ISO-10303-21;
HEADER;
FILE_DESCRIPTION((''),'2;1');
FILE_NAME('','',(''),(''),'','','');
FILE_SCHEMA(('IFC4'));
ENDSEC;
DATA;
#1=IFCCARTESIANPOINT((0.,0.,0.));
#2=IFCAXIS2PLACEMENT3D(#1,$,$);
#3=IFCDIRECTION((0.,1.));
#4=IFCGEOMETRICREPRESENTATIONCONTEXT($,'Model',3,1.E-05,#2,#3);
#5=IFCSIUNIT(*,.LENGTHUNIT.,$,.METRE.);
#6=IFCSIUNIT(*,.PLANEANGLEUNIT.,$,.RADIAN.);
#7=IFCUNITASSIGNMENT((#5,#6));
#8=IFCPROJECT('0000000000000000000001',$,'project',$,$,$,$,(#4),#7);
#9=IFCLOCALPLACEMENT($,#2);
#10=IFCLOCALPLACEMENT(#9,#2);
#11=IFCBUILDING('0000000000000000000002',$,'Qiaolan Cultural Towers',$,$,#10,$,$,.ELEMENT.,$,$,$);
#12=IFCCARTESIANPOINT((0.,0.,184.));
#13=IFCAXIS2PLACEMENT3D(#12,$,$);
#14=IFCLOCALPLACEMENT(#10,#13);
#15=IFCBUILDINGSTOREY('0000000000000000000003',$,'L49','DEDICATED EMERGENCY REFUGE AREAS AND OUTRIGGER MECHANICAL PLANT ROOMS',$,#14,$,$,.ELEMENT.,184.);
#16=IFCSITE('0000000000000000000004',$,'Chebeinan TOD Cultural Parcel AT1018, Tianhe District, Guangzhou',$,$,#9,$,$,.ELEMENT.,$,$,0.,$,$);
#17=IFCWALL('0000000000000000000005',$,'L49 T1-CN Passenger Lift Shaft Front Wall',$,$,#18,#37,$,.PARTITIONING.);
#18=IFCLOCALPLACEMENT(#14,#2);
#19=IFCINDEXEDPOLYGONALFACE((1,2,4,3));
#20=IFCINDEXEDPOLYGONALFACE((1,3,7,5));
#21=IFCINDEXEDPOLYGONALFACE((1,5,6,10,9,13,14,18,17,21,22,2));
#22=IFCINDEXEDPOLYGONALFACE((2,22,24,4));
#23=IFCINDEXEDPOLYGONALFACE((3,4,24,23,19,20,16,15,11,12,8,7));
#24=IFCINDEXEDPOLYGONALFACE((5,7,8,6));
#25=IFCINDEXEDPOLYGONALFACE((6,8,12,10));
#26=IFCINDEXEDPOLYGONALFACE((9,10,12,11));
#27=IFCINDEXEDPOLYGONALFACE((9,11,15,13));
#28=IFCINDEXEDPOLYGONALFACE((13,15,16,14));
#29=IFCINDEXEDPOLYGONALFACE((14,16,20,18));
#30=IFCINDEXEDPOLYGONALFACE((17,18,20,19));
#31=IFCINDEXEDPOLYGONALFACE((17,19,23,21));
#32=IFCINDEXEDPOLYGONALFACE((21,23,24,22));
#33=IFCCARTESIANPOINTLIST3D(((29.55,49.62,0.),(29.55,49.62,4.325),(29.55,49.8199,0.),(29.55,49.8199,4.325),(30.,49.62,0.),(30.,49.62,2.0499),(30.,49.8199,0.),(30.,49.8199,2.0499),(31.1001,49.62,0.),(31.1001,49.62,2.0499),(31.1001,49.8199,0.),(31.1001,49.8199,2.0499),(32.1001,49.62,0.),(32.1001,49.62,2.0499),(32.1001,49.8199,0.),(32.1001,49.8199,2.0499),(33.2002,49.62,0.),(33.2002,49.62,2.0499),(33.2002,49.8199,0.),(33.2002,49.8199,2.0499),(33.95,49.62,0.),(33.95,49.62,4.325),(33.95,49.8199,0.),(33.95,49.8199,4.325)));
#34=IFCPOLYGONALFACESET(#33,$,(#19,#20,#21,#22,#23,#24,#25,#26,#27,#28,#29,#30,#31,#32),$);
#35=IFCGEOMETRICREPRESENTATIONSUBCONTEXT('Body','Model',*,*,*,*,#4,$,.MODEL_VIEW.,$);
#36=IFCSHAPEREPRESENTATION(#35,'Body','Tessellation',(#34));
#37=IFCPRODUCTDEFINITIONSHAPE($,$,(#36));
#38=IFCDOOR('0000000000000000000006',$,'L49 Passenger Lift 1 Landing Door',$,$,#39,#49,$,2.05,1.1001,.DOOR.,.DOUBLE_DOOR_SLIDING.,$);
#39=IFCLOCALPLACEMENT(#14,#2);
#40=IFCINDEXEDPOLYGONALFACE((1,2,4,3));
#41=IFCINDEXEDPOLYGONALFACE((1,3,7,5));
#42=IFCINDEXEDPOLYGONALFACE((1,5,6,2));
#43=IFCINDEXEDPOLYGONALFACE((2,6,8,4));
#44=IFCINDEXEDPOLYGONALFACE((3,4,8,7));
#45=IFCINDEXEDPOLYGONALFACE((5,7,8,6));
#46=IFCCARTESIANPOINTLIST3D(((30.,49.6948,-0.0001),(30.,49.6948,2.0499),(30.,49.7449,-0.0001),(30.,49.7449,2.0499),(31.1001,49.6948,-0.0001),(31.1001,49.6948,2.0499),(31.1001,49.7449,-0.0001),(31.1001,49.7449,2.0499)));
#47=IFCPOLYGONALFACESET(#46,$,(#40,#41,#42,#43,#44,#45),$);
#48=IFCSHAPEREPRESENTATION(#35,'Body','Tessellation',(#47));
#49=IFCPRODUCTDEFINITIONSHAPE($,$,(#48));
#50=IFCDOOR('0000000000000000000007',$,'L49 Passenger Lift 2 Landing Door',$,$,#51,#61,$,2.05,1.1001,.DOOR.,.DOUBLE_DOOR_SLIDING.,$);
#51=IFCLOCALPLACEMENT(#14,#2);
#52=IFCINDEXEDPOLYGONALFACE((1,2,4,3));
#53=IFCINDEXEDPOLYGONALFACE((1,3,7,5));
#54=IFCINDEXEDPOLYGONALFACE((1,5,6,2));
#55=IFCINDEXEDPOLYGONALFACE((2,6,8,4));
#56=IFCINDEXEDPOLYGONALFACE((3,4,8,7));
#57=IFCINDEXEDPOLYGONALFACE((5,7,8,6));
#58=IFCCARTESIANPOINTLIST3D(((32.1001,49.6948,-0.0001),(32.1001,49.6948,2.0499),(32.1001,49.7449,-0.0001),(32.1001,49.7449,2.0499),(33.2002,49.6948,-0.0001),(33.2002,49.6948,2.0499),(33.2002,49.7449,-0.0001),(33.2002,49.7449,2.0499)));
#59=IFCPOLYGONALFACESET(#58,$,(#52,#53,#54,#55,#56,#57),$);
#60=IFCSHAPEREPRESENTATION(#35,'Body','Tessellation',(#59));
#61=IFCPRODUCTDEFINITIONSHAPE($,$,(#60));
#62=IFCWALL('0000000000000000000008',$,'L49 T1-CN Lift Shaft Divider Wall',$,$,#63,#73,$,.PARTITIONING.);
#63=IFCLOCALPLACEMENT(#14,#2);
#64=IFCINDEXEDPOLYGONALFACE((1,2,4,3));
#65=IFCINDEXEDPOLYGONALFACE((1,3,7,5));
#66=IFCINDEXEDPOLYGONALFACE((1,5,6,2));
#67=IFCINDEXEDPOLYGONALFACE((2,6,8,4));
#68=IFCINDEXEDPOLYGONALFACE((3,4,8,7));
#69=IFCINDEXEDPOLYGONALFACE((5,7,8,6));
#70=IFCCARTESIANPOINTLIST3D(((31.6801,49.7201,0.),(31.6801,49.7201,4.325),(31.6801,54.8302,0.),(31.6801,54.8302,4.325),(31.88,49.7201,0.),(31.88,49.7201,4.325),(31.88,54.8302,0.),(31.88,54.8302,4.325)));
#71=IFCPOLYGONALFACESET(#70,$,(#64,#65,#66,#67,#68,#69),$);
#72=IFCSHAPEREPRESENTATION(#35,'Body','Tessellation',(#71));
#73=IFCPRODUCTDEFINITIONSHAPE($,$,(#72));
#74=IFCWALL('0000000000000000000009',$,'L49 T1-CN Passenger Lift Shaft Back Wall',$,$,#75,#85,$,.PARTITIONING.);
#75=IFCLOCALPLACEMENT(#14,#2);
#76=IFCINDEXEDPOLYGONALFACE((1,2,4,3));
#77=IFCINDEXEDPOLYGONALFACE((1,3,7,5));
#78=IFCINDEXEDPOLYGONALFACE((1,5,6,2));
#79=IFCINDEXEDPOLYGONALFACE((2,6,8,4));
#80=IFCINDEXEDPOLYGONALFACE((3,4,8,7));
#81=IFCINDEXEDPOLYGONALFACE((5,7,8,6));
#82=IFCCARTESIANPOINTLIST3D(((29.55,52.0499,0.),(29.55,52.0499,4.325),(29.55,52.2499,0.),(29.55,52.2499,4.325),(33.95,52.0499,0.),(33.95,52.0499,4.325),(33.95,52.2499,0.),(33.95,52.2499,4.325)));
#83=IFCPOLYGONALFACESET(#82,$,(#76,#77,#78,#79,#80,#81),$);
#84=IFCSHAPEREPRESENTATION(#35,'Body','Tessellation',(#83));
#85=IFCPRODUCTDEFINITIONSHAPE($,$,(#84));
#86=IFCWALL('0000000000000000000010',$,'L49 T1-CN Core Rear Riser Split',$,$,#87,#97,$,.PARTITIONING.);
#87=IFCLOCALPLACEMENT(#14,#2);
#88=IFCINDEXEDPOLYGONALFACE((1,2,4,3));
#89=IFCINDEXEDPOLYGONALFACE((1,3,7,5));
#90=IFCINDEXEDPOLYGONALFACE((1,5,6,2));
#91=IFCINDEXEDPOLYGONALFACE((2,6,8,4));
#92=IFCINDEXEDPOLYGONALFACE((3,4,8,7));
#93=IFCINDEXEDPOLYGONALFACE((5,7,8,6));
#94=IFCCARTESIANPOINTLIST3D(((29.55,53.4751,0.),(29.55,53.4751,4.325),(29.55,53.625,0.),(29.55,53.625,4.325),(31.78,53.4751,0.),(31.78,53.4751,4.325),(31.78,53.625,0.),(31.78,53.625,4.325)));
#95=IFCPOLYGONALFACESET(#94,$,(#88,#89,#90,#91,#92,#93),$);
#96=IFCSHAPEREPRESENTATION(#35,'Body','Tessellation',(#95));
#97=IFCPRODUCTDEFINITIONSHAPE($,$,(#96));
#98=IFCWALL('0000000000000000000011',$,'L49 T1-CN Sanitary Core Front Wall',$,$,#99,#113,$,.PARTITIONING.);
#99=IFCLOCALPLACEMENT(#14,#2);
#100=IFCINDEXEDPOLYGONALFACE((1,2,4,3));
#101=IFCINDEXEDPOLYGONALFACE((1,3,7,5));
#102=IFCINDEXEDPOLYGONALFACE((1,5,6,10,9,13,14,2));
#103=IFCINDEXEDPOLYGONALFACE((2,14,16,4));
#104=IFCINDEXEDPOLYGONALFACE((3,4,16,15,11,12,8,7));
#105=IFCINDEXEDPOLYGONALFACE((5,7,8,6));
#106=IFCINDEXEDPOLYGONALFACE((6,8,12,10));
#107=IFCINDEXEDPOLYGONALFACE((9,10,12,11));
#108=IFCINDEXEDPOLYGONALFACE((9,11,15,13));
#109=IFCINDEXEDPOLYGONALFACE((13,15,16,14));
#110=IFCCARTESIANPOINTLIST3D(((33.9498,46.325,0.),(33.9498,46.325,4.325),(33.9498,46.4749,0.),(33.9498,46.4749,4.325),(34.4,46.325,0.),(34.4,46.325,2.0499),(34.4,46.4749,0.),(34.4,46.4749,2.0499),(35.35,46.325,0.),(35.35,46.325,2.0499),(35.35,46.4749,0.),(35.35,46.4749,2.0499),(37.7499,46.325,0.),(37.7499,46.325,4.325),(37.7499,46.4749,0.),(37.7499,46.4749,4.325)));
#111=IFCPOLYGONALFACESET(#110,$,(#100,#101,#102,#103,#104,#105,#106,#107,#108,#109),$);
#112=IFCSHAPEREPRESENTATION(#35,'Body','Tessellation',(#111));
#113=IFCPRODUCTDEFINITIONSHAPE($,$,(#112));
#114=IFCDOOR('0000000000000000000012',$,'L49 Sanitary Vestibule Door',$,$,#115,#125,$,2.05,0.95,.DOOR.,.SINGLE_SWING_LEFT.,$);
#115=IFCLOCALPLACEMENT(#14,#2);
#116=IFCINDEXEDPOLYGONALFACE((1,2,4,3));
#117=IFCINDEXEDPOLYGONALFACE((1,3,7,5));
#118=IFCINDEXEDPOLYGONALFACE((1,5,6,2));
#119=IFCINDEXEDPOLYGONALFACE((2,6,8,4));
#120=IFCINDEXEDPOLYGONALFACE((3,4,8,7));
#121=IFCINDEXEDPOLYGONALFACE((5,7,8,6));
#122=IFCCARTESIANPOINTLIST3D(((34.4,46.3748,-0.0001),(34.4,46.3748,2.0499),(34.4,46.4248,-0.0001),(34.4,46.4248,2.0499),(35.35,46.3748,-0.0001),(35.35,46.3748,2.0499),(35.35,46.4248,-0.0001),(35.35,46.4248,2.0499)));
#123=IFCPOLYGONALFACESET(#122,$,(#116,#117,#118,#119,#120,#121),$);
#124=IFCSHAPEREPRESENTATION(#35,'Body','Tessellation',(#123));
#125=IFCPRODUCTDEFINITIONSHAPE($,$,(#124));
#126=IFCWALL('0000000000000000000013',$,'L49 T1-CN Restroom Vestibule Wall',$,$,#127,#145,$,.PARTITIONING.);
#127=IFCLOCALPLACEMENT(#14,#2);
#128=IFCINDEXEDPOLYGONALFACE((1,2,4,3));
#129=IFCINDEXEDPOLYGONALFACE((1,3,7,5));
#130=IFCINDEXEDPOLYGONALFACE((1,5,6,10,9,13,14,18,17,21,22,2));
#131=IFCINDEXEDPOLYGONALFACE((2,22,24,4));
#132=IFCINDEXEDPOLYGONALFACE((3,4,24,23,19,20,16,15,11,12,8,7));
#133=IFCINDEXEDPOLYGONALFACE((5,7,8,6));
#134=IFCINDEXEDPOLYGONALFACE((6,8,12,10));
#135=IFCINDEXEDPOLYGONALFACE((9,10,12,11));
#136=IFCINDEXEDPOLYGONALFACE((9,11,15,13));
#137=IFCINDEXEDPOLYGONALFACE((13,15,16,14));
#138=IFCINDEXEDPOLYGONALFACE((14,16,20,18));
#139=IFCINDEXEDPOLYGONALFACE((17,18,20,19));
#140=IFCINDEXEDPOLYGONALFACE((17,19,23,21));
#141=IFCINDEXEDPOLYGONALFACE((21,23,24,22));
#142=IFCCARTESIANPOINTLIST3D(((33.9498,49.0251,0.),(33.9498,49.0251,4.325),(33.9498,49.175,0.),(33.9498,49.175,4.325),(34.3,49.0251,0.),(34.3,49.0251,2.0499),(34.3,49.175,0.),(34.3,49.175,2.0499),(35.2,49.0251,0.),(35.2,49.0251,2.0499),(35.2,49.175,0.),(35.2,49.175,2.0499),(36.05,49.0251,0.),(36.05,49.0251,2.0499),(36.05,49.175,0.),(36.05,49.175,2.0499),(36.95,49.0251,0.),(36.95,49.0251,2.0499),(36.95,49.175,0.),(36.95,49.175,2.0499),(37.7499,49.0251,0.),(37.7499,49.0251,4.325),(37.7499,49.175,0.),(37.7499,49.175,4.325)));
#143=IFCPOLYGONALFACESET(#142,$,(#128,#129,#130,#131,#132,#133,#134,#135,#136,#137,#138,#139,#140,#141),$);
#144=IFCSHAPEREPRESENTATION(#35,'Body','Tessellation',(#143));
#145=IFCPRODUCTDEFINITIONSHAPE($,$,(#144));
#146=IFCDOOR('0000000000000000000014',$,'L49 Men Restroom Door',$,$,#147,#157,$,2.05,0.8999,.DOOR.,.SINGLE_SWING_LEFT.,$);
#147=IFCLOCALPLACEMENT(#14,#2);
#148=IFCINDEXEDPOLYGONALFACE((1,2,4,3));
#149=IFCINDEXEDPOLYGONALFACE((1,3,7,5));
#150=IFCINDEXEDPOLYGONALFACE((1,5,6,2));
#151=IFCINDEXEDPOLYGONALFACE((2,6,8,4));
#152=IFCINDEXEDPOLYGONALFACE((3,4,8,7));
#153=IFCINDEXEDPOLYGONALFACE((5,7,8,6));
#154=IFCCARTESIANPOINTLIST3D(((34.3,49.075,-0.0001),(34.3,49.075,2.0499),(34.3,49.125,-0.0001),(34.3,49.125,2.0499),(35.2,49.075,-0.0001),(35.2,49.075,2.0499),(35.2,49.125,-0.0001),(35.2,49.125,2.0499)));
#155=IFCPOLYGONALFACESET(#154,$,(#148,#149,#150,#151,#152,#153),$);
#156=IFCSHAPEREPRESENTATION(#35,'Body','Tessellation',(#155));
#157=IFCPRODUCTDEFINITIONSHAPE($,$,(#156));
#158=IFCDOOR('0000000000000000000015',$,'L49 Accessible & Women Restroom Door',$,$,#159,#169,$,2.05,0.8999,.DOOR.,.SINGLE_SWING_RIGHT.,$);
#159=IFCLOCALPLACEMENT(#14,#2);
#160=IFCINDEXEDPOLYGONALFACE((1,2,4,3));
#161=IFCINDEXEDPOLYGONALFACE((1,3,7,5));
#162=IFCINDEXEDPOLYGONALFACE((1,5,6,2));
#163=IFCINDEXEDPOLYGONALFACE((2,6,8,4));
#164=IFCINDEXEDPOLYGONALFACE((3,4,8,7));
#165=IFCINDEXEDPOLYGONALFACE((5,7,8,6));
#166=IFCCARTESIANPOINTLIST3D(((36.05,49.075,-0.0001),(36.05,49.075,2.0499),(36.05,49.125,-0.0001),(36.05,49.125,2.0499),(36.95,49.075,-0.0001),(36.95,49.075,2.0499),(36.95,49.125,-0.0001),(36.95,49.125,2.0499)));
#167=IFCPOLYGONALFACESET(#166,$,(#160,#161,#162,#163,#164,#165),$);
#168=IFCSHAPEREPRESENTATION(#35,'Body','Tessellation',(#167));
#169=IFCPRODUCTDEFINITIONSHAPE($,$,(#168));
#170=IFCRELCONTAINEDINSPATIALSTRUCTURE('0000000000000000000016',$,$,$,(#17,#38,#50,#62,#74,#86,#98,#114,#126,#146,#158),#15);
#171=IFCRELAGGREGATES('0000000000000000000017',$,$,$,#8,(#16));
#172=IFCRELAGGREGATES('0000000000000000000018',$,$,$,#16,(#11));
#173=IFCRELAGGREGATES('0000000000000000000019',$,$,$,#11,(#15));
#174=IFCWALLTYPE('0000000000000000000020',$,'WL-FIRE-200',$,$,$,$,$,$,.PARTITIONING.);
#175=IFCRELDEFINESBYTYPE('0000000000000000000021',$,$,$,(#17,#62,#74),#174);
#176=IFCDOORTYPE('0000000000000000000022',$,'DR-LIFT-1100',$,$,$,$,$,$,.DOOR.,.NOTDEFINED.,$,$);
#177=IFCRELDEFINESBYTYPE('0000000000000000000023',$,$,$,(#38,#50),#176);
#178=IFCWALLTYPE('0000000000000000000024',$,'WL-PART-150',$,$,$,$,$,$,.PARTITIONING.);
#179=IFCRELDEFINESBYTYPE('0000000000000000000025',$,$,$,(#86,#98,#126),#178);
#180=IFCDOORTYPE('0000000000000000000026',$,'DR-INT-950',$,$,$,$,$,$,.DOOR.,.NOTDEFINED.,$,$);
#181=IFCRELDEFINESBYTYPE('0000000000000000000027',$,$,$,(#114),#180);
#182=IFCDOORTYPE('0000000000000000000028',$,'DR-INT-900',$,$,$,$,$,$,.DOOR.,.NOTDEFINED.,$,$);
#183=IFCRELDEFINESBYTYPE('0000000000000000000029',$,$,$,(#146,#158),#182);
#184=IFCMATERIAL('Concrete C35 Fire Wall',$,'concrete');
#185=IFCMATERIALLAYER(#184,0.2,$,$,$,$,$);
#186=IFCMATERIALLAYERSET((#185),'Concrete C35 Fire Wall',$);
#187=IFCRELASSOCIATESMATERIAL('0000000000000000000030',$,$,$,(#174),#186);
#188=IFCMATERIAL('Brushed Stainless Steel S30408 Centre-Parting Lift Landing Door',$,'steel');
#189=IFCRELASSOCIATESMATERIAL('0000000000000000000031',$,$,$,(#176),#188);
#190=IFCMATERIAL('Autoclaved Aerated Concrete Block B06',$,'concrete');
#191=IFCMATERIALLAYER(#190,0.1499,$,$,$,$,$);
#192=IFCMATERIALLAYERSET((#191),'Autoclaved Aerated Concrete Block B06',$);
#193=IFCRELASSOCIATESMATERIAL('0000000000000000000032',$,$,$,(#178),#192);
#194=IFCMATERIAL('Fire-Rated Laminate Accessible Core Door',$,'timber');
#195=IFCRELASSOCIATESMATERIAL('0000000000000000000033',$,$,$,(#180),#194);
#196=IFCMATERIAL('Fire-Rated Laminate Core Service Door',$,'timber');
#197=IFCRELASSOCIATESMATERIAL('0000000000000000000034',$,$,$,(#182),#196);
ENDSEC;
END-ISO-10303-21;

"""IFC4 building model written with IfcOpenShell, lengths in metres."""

from ifc_helpers import new_model, si_unit, direction, frame, frame_2d, origin, place, context, subcontext, project, spatial, rectangle, extrude, material, layer, layer_set, type_object, element, fill, save


model = new_model("IFC4")

# Units and contexts
model_context = context("Model", 3, precision=1e-05, world=origin(), true_north=direction((0.0, 1.0)))
body_context = subcontext(model_context, "Body", "Model", "MODEL_VIEW")
ifc_project = project(units=[si_unit("LENGTHUNIT", "METRE"), si_unit("PLANEANGLEUNIT", "RADIAN")], contexts=[model_context])

# Site, building, storey
site_placement = place(None, origin())
site = spatial("IfcSite", under=ifc_project, at=site_placement, Name="Chebeinan TOD Cultural Parcel AT1018, Tianhe District, Guangzhou", CompositionType="ELEMENT", RefElevation=0.0)
building_placement = place(site_placement, origin())
building = spatial("IfcBuilding", under=site, at=building_placement, Name="Qiaolan Cultural Towers", CompositionType="ELEMENT")
storey_placement = place(building_placement, frame((0.0, 0.0, 184.0)))
storey = spatial("IfcBuildingStorey", under=building, at=storey_placement, Name="L49", Description="DEDICATED EMERGENCY REFUGE AREAS AND OUTRIGGER MECHANICAL PLANT ROOMS", CompositionType="ELEMENT", Elevation=184.0)

# Shared definitions
ifc_material_1 = material(Name="Concrete C35 Fire Wall", Category="concrete")
ifc_layer_1 = layer(ifc_material_1, 0.2)
ifc_layer_set_1 = layer_set([ifc_layer_1], Name="Concrete C35 Fire Wall")
wall_type_1 = type_object("IfcWallType", Name="WL-FIRE-200", PredefinedType="PARTITIONING", material=ifc_layer_set_1)
ifc_material_2 = material(Name="Brushed Stainless Steel S30408 Centre-Parting Lift Landing Door", Category="steel")
door_type_1 = type_object("IfcDoorType", Name="DR-LIFT-1100", OperationType="NOTDEFINED", PredefinedType="DOOR", material=ifc_material_2)

# Wall, openings, doors
wall_1_placement = place(storey_placement, frame((29.55, 49.72, 0.0), z_axis=(0.0, 0.0, 1.0), x_axis=(1.0, 0.0, 0.0)))
wall_1 = element("IfcWall", 1, at=wall_1_placement, inside=storey, type_object=wall_type_1, Name="L49 T1-CN Passenger Lift Shaft Front Wall", PredefinedType="PARTITIONING", context=body_context, shape_type="SweptSolid", body=[
    extrude(rectangle(XDim=4.3999, YDim=0.2, at=frame_2d((2.2, 0.0))), origin(), (0.0, 0.0, 1.0), 4.325),
])
opening_1_placement = place(wall_1_placement, frame((0.45, 0.0, 0.0)))
opening_1 = element("IfcOpeningElement", 2, at=opening_1_placement, cuts=wall_1, PredefinedType="OPENING", context=body_context, shape_type="SweptSolid", body=[
    extrude(rectangle(XDim=1.1001, YDim=2.05, at=frame_2d((0.55, 1.0249))), frame((0.0, 0.1099, 0.0), z_axis=(0.0, -1.0, 0.0), x_axis=(1.0, 0.0, 0.0)), (0.0, 0.0, 1.0), 0.22),
])
opening_2_placement = place(wall_1_placement, frame((2.55, 0.0, 0.0)))
opening_2 = element("IfcOpeningElement", 3, at=opening_2_placement, cuts=wall_1, PredefinedType="OPENING", context=body_context, shape_type="SweptSolid", body=[
    extrude(rectangle(XDim=1.1001, YDim=2.05, at=frame_2d((0.55, 1.0249))), frame((0.0, 0.1099, 0.0), z_axis=(0.0, -1.0, 0.0), x_axis=(1.0, 0.0, 0.0)), (0.0, 0.0, 1.0), 0.22),
])
door_1_placement = place(opening_1_placement, origin())
door_1 = element("IfcDoor", 4, at=door_1_placement, inside=storey, type_object=door_type_1, Name="L49 Passenger Lift 1 Landing Door", OperationType="DOUBLE_DOOR_SLIDING", OverallHeight=2.05, OverallWidth=1.1001, PredefinedType="DOOR", context=body_context, shape_type="SweptSolid", body=[
    extrude(rectangle(XDim=1.1001, YDim=2.05, at=frame_2d((0.55, 1.0249))), frame((0.0, 0.0249, 0.0), z_axis=(0.0, -1.0, 0.0), x_axis=(1.0, 0.0, 0.0)), (0.0, 0.0, 1.0), 0.05),
])
fill(opening_1, door_1)
door_2_placement = place(opening_2_placement, origin())
door_2 = element("IfcDoor", 5, at=door_2_placement, inside=storey, type_object=door_type_1, Name="L49 Passenger Lift 2 Landing Door", OperationType="DOUBLE_DOOR_SLIDING", OverallHeight=2.05, OverallWidth=1.1001, PredefinedType="DOOR", context=body_context, shape_type="SweptSolid", body=[
    extrude(rectangle(XDim=1.1001, YDim=2.05, at=frame_2d((0.55, 1.0249))), frame((0.0, 0.0249, 0.0), z_axis=(0.0, -1.0, 0.0), x_axis=(1.0, 0.0, 0.0)), (0.0, 0.0, 1.0), 0.05),
])
fill(opening_2, door_2)

# Walls
wall_2_placement = place(storey_placement, frame((31.78, 49.72, 0.0), z_axis=(0.0, 0.0, 1.0), x_axis=(0.0, 1.0, 0.0)))
element("IfcWall", 6, at=wall_2_placement, inside=storey, type_object=wall_type_1, Name="L49 T1-CN Lift Shaft Divider Wall", PredefinedType="PARTITIONING", context=body_context, shape_type="SweptSolid", body=[
    extrude(rectangle(XDim=5.1101, YDim=0.2, at=frame_2d((2.5552, 0.0))), origin(), (0.0, 0.0, 1.0), 4.325),
])
wall_3_placement = place(storey_placement, frame((29.55, 52.1499, 0.0), z_axis=(0.0, 0.0, 1.0), x_axis=(1.0, 0.0, 0.0)))
element("IfcWall", 7, at=wall_3_placement, inside=storey, type_object=wall_type_1, Name="L49 T1-CN Passenger Lift Shaft Back Wall", PredefinedType="PARTITIONING", context=body_context, shape_type="SweptSolid", body=[
    extrude(rectangle(XDim=4.3999, YDim=0.2, at=frame_2d((2.2, 0.0))), origin(), (0.0, 0.0, 1.0), 4.325),
])
ifc_material_3 = material(Name="Autoclaved Aerated Concrete Block B06", Category="concrete")
ifc_layer_2 = layer(ifc_material_3, 0.1499)
ifc_layer_set_2 = layer_set([ifc_layer_2], Name="Autoclaved Aerated Concrete Block B06")
wall_type_2 = type_object("IfcWallType", Name="WL-PART-150", PredefinedType="PARTITIONING", material=ifc_layer_set_2)
wall_4_placement = place(storey_placement, frame((29.55, 53.55, 0.0), z_axis=(0.0, 0.0, 1.0), x_axis=(1.0, 0.0, 0.0)))
element("IfcWall", 8, at=wall_4_placement, inside=storey, type_object=wall_type_2, Name="L49 T1-CN Core Rear Riser Split", PredefinedType="PARTITIONING", context=body_context, shape_type="SweptSolid", body=[
    extrude(rectangle(XDim=2.23, YDim=0.1499, at=frame_2d((1.115, 0.0))), origin(), (0.0, 0.0, 1.0), 4.325),
])

# Wall, opening, door
wall_5_placement = place(storey_placement, frame((33.95, 46.3999, 0.0), z_axis=(0.0, 0.0, 1.0), x_axis=(1.0, 0.0, 0.0)))
wall_5 = element("IfcWall", 9, at=wall_5_placement, inside=storey, type_object=wall_type_2, Name="L49 T1-CN Sanitary Core Front Wall", PredefinedType="PARTITIONING", context=body_context, shape_type="SweptSolid", body=[
    extrude(rectangle(XDim=3.8, YDim=0.1499, at=frame_2d((1.8999, 0.0))), origin(), (0.0, 0.0, 1.0), 4.325),
])
opening_3_placement = place(wall_5_placement, frame((0.45, 0.0, 0.0)))
opening_3 = element("IfcOpeningElement", 10, at=opening_3_placement, cuts=wall_5, PredefinedType="OPENING", context=body_context, shape_type="SweptSolid", body=[
    extrude(rectangle(XDim=0.95, YDim=2.05, at=frame_2d((0.4751, 1.0249))), frame((0.0, 0.085, 0.0), z_axis=(0.0, -1.0, 0.0), x_axis=(1.0, 0.0, 0.0)), (0.0, 0.0, 1.0), 0.1699),
])
ifc_material_4 = material(Name="Fire-Rated Laminate Accessible Core Door", Category="timber")
door_type_2 = type_object("IfcDoorType", Name="DR-INT-950", OperationType="NOTDEFINED", PredefinedType="DOOR", material=ifc_material_4)
door_3_placement = place(opening_3_placement, origin())
door_3 = element("IfcDoor", 11, at=door_3_placement, inside=storey, type_object=door_type_2, Name="L49 Sanitary Vestibule Door", OperationType="SINGLE_SWING_LEFT", OverallHeight=2.05, OverallWidth=0.95, PredefinedType="DOOR", context=body_context, shape_type="SweptSolid", body=[
    extrude(rectangle(XDim=0.95, YDim=2.05, at=frame_2d((0.4751, 1.0249))), frame((0.0, 0.0249, 0.0), z_axis=(0.0, -1.0, 0.0), x_axis=(1.0, 0.0, 0.0)), (0.0, 0.0, 1.0), 0.05),
])
fill(opening_3, door_3)

# Wall, openings, doors
wall_6_placement = place(storey_placement, frame((33.95, 49.1001, 0.0), z_axis=(0.0, 0.0, 1.0), x_axis=(1.0, 0.0, 0.0)))
wall_6 = element("IfcWall", 12, at=wall_6_placement, inside=storey, type_object=wall_type_2, Name="L49 T1-CN Restroom Vestibule Wall", PredefinedType="PARTITIONING", context=body_context, shape_type="SweptSolid", body=[
    extrude(rectangle(XDim=3.8, YDim=0.1499, at=frame_2d((1.8999, 0.0))), origin(), (0.0, 0.0, 1.0), 4.325),
])
opening_4_placement = place(wall_6_placement, frame((0.3501, 0.0, 0.0)))
opening_4 = element("IfcOpeningElement", 13, at=opening_4_placement, cuts=wall_6, PredefinedType="OPENING", context=body_context, shape_type="SweptSolid", body=[
    extrude(rectangle(XDim=0.8999, YDim=2.05, at=frame_2d((0.45, 1.0249))), frame((0.0, 0.085, 0.0), z_axis=(0.0, -1.0, 0.0), x_axis=(1.0, 0.0, 0.0)), (0.0, 0.0, 1.0), 0.1699),
])
opening_5_placement = place(wall_6_placement, frame((2.1001, 0.0, 0.0)))
opening_5 = element("IfcOpeningElement", 14, at=opening_5_placement, cuts=wall_6, PredefinedType="OPENING", context=body_context, shape_type="SweptSolid", body=[
    extrude(rectangle(XDim=0.8999, YDim=2.05, at=frame_2d((0.45, 1.0249))), frame((0.0, 0.085, 0.0), z_axis=(0.0, -1.0, 0.0), x_axis=(1.0, 0.0, 0.0)), (0.0, 0.0, 1.0), 0.1699),
])
ifc_material_5 = material(Name="Fire-Rated Laminate Core Service Door", Category="timber")
door_type_3 = type_object("IfcDoorType", Name="DR-INT-900", OperationType="NOTDEFINED", PredefinedType="DOOR", material=ifc_material_5)
door_4_placement = place(opening_4_placement, origin())
door_4 = element("IfcDoor", 15, at=door_4_placement, inside=storey, type_object=door_type_3, Name="L49 Men Restroom Door", OperationType="SINGLE_SWING_LEFT", OverallHeight=2.05, OverallWidth=0.8999, PredefinedType="DOOR", context=body_context, shape_type="SweptSolid", body=[
    extrude(rectangle(XDim=0.8999, YDim=2.05, at=frame_2d((0.45, 1.0249))), frame((0.0, 0.0249, 0.0), z_axis=(0.0, -1.0, 0.0), x_axis=(1.0, 0.0, 0.0)), (0.0, 0.0, 1.0), 0.05),
])
fill(opening_4, door_4)
door_5_placement = place(opening_5_placement, origin())
door_5 = element("IfcDoor", 16, at=door_5_placement, inside=storey, type_object=door_type_3, Name="L49 Accessible & Women Restroom Door", OperationType="SINGLE_SWING_RIGHT", OverallHeight=2.05, OverallWidth=0.8999, PredefinedType="DOOR", context=body_context, shape_type="SweptSolid", body=[
    extrude(rectangle(XDim=0.8999, YDim=2.05, at=frame_2d((0.45, 1.0249))), frame((0.0, 0.0249, 0.0), z_axis=(0.0, -1.0, 0.0), x_axis=(1.0, 0.0, 0.0)), (0.0, 0.0, 1.0), 0.05),
])
fill(opening_5, door_5)

save(model, "model.ifc")
